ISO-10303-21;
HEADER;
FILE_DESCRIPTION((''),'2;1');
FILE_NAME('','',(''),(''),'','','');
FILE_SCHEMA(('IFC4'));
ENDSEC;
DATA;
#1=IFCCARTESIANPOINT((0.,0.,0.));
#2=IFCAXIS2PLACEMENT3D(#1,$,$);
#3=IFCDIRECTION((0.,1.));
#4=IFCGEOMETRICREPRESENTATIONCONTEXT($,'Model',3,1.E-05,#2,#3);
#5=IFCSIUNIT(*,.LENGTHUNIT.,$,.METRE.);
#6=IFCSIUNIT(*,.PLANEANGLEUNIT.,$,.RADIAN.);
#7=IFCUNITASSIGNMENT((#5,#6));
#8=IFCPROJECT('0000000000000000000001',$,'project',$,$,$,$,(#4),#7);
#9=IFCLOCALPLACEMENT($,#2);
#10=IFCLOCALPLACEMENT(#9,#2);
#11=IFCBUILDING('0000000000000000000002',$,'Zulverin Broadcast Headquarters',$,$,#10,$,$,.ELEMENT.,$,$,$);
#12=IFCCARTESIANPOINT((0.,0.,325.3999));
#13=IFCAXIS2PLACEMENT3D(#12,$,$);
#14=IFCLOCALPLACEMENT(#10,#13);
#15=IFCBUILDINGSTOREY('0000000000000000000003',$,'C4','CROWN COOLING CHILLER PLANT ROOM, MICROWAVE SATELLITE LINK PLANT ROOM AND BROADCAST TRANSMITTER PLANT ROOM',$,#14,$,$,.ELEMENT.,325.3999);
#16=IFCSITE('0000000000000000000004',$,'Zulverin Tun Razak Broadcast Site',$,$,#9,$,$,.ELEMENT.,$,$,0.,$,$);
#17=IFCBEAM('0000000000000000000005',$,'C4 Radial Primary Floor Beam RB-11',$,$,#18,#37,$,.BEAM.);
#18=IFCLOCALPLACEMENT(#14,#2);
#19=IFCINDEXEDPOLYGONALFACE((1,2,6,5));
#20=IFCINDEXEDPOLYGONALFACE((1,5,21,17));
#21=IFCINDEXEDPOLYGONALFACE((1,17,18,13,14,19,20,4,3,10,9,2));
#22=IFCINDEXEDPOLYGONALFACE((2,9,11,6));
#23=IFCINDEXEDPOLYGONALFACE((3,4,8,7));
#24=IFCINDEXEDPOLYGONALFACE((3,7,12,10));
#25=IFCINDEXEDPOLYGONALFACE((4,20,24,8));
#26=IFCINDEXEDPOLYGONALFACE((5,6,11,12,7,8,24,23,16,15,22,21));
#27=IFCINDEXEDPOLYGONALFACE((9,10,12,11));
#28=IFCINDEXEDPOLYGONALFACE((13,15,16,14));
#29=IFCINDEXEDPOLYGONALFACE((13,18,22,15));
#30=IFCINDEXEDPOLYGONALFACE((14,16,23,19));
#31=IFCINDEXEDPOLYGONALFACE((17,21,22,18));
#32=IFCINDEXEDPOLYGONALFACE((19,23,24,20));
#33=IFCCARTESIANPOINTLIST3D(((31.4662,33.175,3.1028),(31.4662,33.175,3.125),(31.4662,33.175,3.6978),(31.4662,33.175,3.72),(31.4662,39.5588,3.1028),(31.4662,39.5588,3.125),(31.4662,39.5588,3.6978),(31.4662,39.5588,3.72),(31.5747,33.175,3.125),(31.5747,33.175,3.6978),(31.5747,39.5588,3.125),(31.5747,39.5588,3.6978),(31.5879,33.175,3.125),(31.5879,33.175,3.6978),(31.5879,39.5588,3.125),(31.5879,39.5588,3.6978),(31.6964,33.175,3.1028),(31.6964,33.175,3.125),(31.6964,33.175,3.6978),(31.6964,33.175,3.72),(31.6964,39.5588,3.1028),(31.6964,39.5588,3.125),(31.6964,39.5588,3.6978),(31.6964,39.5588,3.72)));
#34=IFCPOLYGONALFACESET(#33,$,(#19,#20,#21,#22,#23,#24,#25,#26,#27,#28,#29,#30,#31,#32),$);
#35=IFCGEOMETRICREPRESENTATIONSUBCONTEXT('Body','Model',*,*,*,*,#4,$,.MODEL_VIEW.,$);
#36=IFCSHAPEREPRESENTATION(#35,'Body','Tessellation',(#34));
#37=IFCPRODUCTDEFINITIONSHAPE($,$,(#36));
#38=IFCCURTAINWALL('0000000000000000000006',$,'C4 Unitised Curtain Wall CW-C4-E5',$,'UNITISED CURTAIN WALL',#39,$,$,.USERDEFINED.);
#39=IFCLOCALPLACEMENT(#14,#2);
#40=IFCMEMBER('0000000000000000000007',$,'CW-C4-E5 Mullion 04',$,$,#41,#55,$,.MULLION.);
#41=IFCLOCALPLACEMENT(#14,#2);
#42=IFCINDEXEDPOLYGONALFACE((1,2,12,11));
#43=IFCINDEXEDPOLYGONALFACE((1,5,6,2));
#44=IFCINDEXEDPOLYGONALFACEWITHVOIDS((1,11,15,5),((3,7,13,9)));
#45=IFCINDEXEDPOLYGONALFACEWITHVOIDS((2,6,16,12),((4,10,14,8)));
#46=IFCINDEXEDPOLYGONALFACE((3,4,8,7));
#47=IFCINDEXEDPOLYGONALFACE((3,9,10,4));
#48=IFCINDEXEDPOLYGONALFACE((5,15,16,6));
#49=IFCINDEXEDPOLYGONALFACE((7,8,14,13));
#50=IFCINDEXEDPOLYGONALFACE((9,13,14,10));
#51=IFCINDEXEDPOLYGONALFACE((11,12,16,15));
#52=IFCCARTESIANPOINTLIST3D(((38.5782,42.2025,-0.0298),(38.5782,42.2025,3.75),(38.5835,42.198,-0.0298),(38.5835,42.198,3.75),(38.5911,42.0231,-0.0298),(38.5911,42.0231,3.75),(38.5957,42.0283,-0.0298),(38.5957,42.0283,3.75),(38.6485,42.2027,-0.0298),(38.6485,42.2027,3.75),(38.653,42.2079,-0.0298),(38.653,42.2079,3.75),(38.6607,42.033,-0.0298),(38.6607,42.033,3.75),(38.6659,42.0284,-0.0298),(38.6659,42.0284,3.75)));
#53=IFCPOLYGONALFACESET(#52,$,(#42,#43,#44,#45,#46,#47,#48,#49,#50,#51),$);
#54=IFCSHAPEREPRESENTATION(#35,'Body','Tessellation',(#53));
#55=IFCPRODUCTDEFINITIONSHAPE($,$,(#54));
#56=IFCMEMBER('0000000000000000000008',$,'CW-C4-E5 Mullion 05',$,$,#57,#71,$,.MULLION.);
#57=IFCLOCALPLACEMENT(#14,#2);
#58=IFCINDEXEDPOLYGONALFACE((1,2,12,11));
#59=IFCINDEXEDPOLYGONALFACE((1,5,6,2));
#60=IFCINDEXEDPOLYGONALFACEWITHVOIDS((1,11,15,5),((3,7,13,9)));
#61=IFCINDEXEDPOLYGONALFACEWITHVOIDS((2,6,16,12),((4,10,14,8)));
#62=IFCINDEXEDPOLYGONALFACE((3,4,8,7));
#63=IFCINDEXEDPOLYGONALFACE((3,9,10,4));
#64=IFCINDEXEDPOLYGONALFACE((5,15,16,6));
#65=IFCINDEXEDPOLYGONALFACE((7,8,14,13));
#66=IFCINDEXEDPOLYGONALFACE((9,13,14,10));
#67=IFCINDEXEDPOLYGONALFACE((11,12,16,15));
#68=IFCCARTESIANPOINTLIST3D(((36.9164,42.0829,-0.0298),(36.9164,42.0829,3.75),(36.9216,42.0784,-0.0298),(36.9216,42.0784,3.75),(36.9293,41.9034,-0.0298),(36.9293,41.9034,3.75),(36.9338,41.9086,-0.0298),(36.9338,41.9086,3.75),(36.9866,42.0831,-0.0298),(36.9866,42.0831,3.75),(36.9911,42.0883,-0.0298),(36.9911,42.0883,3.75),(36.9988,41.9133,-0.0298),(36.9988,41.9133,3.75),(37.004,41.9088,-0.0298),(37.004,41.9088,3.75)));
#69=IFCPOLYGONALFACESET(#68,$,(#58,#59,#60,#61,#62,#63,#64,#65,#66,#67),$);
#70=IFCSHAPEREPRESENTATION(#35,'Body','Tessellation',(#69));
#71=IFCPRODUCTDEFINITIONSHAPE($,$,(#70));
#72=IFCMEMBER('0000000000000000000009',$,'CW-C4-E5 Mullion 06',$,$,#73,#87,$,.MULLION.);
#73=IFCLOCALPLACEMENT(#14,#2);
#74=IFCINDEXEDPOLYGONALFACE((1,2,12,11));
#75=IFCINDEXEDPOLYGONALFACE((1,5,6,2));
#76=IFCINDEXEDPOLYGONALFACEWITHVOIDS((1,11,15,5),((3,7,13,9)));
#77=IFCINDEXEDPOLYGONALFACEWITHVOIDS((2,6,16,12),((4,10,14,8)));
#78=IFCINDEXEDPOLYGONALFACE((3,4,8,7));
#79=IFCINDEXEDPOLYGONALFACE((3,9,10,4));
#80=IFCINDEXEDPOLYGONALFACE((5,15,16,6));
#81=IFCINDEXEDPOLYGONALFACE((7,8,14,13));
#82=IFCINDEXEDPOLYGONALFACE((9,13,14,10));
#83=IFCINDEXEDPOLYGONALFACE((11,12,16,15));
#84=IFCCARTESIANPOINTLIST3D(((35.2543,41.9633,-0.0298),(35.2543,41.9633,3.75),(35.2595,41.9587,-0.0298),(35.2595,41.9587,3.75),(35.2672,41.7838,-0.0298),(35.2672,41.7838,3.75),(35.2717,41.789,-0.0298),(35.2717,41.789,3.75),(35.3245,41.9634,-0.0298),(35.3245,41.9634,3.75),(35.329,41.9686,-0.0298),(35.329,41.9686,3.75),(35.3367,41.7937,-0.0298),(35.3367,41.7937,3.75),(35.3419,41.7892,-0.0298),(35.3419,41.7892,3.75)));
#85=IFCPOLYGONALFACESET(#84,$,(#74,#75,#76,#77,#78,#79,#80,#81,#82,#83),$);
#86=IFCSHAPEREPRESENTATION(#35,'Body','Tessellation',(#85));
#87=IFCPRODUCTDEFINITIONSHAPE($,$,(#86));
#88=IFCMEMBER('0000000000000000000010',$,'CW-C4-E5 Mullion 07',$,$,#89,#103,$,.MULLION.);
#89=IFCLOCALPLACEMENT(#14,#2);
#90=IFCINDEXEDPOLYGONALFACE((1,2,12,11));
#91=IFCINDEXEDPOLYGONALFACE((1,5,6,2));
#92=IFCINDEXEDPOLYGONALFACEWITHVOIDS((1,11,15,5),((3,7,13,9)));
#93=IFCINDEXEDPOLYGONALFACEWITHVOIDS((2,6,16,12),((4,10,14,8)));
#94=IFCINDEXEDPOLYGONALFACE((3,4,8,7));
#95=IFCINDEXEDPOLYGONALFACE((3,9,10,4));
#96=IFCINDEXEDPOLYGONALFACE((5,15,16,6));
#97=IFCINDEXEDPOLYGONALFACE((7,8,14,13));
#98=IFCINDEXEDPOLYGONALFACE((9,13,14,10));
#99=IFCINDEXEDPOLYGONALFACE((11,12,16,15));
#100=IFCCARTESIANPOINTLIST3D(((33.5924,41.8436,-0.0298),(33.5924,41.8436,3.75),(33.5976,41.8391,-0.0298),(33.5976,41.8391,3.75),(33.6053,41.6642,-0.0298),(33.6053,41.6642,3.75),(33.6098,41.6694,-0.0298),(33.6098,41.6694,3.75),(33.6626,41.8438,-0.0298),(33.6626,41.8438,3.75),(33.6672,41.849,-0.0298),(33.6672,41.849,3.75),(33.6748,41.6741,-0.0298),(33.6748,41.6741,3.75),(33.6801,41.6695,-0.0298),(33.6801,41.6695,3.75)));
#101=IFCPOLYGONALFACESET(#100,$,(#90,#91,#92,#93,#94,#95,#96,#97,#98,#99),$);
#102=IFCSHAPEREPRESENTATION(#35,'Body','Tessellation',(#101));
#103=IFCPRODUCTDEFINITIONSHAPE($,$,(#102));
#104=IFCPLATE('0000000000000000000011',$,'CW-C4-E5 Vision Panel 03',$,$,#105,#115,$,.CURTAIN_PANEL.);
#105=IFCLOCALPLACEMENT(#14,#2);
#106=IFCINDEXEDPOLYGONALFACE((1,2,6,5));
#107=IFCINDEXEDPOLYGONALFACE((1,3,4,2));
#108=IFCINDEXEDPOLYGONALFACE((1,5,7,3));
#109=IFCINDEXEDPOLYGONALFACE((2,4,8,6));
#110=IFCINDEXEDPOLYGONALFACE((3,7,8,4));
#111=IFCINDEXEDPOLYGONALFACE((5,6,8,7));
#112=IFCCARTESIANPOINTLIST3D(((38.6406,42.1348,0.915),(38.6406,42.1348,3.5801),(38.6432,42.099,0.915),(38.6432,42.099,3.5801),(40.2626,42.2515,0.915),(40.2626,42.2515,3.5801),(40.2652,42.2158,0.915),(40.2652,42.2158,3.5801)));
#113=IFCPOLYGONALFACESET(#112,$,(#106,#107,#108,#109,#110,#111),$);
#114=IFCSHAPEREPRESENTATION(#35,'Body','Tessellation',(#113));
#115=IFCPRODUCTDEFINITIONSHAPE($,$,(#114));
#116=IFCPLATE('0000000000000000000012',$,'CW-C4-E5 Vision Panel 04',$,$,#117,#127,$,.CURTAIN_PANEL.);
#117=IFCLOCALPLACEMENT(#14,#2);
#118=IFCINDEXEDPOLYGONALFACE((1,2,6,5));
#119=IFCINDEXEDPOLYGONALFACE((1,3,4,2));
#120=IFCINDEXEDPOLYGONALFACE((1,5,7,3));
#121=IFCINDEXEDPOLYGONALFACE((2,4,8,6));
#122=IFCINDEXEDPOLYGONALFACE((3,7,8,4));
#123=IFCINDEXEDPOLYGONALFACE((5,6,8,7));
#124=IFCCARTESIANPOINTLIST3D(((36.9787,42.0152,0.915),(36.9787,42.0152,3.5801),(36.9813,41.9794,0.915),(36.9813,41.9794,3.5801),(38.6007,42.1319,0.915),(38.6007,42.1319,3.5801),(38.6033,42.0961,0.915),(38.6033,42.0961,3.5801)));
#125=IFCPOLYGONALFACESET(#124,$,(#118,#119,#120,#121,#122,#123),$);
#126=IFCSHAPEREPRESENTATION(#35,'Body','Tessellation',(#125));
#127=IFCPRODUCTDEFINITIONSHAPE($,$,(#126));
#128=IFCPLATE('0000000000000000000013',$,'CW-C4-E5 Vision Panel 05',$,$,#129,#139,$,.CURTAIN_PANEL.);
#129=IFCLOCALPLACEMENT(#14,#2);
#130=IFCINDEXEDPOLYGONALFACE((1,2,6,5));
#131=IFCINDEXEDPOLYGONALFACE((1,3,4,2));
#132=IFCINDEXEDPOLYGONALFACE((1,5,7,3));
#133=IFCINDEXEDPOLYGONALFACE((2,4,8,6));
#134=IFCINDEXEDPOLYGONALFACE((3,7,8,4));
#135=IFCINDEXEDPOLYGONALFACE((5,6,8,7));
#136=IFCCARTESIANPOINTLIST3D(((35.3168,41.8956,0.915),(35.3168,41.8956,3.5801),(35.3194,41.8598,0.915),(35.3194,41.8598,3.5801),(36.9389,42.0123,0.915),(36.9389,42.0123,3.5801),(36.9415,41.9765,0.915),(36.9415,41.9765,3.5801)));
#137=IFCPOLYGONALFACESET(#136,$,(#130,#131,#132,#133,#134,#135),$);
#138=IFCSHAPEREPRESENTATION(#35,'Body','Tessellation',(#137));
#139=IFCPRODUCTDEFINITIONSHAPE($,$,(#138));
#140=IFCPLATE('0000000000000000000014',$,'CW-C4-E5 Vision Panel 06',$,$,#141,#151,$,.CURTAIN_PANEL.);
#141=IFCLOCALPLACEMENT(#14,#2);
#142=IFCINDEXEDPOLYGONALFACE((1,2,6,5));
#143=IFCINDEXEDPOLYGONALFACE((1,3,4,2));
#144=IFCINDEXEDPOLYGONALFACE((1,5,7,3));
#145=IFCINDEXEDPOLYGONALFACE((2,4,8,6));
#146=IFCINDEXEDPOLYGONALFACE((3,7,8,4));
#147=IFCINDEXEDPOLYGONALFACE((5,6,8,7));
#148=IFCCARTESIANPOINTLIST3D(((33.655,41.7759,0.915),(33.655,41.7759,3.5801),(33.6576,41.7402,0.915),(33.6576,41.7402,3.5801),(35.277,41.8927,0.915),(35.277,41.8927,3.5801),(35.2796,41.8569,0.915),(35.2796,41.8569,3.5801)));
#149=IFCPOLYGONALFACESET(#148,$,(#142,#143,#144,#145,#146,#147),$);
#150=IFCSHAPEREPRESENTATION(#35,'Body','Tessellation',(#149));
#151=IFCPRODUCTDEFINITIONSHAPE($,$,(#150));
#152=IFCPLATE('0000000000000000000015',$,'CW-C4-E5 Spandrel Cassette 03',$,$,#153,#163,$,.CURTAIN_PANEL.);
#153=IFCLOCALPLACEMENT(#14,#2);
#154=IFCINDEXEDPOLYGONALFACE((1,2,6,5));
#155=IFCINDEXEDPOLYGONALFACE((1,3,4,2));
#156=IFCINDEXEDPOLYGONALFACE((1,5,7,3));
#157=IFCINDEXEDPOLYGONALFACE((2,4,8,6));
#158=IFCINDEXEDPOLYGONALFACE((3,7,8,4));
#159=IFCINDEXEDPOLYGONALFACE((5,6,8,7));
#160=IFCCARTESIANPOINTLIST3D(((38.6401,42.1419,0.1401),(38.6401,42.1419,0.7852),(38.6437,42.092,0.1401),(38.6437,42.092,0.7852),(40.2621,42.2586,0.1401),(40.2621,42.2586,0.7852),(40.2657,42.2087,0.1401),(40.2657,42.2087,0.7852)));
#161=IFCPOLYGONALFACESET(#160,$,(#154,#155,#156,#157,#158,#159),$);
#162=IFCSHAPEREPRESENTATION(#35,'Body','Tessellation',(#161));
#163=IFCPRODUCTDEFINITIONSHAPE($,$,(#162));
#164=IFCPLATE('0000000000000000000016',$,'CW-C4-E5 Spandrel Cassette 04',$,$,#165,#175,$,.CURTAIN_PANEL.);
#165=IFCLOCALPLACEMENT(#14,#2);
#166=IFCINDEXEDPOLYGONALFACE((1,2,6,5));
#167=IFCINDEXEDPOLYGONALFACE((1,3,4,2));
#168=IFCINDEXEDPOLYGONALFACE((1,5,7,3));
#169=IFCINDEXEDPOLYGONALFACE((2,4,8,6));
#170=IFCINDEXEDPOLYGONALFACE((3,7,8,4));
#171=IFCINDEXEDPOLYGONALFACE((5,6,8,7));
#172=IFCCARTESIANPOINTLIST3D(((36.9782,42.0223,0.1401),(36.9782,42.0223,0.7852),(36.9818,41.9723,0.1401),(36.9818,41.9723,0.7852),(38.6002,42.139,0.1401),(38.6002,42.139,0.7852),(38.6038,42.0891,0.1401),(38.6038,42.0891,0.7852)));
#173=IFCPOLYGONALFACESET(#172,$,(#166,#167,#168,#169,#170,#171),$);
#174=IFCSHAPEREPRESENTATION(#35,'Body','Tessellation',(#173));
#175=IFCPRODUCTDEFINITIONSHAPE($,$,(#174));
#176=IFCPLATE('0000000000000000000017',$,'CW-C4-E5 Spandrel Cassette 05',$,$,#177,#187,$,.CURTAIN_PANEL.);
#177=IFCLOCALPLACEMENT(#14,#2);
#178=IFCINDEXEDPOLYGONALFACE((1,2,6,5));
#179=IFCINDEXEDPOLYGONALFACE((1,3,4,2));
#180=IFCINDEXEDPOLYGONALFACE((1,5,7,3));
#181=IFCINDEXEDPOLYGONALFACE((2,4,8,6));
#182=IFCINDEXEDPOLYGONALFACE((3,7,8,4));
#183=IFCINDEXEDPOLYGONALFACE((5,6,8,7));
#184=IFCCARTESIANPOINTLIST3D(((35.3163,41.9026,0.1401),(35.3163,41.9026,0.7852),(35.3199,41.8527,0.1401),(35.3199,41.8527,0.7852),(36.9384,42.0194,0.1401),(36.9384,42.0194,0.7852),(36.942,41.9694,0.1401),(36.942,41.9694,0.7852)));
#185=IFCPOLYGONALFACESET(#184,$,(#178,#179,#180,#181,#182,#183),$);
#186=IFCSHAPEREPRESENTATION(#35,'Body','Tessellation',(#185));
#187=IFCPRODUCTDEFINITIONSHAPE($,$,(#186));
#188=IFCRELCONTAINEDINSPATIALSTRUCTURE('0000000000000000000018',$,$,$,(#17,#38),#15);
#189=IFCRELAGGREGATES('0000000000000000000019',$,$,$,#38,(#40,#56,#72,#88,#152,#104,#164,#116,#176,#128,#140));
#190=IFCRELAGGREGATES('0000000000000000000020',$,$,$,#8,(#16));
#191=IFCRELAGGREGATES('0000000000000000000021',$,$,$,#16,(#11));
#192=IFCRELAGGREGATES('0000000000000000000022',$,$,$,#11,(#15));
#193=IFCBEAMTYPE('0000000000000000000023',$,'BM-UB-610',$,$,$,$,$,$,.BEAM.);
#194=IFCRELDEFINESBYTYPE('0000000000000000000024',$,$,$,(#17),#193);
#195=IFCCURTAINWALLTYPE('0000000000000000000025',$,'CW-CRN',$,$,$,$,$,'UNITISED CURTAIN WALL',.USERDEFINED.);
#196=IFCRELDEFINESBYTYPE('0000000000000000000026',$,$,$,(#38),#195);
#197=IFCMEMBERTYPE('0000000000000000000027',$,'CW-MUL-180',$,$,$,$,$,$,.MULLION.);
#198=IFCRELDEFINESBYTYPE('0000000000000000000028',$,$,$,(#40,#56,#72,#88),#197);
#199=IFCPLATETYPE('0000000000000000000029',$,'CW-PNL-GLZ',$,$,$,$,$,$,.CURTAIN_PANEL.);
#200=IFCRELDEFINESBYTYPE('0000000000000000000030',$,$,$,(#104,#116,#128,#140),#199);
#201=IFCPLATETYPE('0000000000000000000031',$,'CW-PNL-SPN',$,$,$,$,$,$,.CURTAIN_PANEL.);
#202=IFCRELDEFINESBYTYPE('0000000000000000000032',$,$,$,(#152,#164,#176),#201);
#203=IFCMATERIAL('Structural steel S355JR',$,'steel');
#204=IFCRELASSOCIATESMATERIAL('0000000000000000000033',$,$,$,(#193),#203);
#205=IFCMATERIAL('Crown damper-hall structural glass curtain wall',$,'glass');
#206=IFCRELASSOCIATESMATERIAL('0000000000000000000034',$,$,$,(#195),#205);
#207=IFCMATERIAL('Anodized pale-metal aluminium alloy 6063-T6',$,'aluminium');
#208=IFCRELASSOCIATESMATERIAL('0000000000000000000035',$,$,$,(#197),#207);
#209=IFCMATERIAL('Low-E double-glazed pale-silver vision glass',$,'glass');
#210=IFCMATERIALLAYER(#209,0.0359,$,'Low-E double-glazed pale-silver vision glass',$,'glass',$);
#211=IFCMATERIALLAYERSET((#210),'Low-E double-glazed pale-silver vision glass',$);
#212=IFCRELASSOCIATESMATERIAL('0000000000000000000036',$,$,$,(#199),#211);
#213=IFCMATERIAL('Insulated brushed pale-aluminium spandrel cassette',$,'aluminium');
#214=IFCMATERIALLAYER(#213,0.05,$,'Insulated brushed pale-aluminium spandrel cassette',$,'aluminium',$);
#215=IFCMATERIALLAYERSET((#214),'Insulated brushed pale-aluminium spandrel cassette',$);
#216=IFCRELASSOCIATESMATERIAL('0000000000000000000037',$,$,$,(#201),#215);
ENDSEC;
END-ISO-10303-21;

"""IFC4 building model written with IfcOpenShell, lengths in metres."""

from ifc_helpers import new_model, si_unit, direction, frame, origin, origin_2d, place, context, subcontext, project, spatial, rectangle, hollow_rectangle, i_section, extrude, material, layer, layer_set, material_profile, profile_set, type_object, element, aggregate, save


model = new_model("IFC4")

# Units and contexts
model_context = context("Model", 3, precision=1e-05, world=origin(), true_north=direction((0.0, 1.0)))
body_context = subcontext(model_context, "Body", "Model", "MODEL_VIEW")
ifc_project = project(units=[si_unit("LENGTHUNIT", "METRE"), si_unit("PLANEANGLEUNIT", "RADIAN")], contexts=[model_context])

# Site, building, storey
site_placement = place(None, origin())
site = spatial("IfcSite", under=ifc_project, at=site_placement, Name="Zulverin Tun Razak Broadcast Site", CompositionType="ELEMENT", RefElevation=0.0)
building_placement = place(site_placement, origin())
building = spatial("IfcBuilding", under=site, at=building_placement, Name="Zulverin Broadcast Headquarters", CompositionType="ELEMENT")
storey_placement = place(building_placement, frame((0.0, 0.0, 325.3999)))
storey = spatial("IfcBuildingStorey", under=building, at=storey_placement, Name="C4", Description="CROWN COOLING CHILLER PLANT ROOM, MICROWAVE SATELLITE LINK PLANT ROOM AND BROADCAST TRANSMITTER PLANT ROOM", CompositionType="ELEMENT", Elevation=325.3999)

# Shared definitions
ifc_material_1 = material(Name="Structural steel S355JR", Category="steel")

# Beam
ifc_material_profile_1 = material_profile(ifc_material_1, i_section(OverallWidth=0.2302, OverallDepth=0.6172, WebThickness=0.0132, FlangeThickness=0.0222, at=origin_2d()), Name="Structural steel S355JR", Category="steel")
ifc_profile_set_1 = profile_set([ifc_material_profile_1], Name="Structural steel S355JR")
beam_type_1 = type_object("IfcBeamType", Name="BM-UB-610", PredefinedType="BEAM", material=ifc_profile_set_1)
beam_1_placement = place(storey_placement, frame((31.5813, 33.175, 3.4114), z_axis=(0.0, 1.0, 0.0), x_axis=(-1.0, 0.0, 0.0)))
element("IfcBeam", 1, at=beam_1_placement, inside=storey, type_object=beam_type_1, Name="C4 Radial Primary Floor Beam RB-11", PredefinedType="BEAM", context=body_context, shape_type="SweptSolid", body=[
    extrude(i_section(OverallWidth=0.2302, OverallDepth=0.6172, WebThickness=0.0132, FlangeThickness=0.0222, at=origin_2d()), origin(), (0.0, 0.0, 1.0), 6.3838),
])

# Curtain wall, members, plates
ifc_material_2 = material(Name="Crown damper-hall structural glass curtain wall", Category="glass")
curtain_wall_type = type_object("IfcCurtainWallType", Name="CW-CRN", ElementType="UNITISED CURTAIN WALL", PredefinedType="USERDEFINED", material=ifc_material_2)
curtain_wall_placement = place(storey_placement, origin())
curtain_wall = element("IfcCurtainWall", 2, at=curtain_wall_placement, inside=storey, type_object=curtain_wall_type, Name="C4 Unitised Curtain Wall CW-C4-E5", ObjectType="UNITISED CURTAIN WALL", PredefinedType="USERDEFINED")
ifc_material_3 = material(Name="Anodized pale-metal aluminium alloy 6063-T6", Category="aluminium")
ifc_material_profile_2 = material_profile(ifc_material_3, hollow_rectangle(XDim=0.075, YDim=0.1799, WallThickness=0.0049, at=origin_2d()), Name="Anodized pale-metal aluminium alloy 6063-T6", Category="aluminium")
ifc_profile_set_2 = profile_set([ifc_material_profile_2], Name="Anodized pale-metal aluminium alloy 6063-T6")
member_type = type_object("IfcMemberType", Name="CW-MUL-180", PredefinedType="MULLION", material=ifc_profile_set_2)
member_1_placement = place(storey_placement, frame((38.6221, 42.1155, -0.0298), z_axis=(0.0, 0.0, 1.0), x_axis=(-0.997421, -0.071771, 0.0)))
member_1 = element("IfcMember", 3, at=member_1_placement, type_object=member_type, Name="CW-C4-E5 Mullion 04", PredefinedType="MULLION", context=body_context, shape_type="SweptSolid", body=[
    extrude(hollow_rectangle(XDim=0.075, YDim=0.1799, WallThickness=0.0049, at=origin_2d()), origin(), (0.0, 0.0, 1.0), 3.7798),
])
member_2_placement = place(storey_placement, frame((36.9602, 41.9958, -0.0298), z_axis=(0.0, 0.0, 1.0), x_axis=(-0.997421, -0.071771, 0.0)))
member_2 = element("IfcMember", 4, at=member_2_placement, type_object=member_type, Name="CW-C4-E5 Mullion 05", PredefinedType="MULLION", context=body_context, shape_type="SweptSolid", body=[
    extrude(hollow_rectangle(XDim=0.075, YDim=0.1799, WallThickness=0.0049, at=origin_2d()), origin(), (0.0, 0.0, 1.0), 3.7798),
])
member_3_placement = place(storey_placement, frame((35.2981, 41.8762, -0.0298), z_axis=(0.0, 0.0, 1.0), x_axis=(-0.997421, -0.071771, 0.0)))
member_3 = element("IfcMember", 5, at=member_3_placement, type_object=member_type, Name="CW-C4-E5 Mullion 06", PredefinedType="MULLION", context=body_context, shape_type="SweptSolid", body=[
    extrude(hollow_rectangle(XDim=0.075, YDim=0.1799, WallThickness=0.0049, at=origin_2d()), origin(), (0.0, 0.0, 1.0), 3.7798),
])
member_4_placement = place(storey_placement, frame((33.6362, 41.7566, -0.0298), z_axis=(0.0, 0.0, 1.0), x_axis=(-0.997421, -0.071771, 0.0)))
member_4 = element("IfcMember", 6, at=member_4_placement, type_object=member_type, Name="CW-C4-E5 Mullion 07", PredefinedType="MULLION", context=body_context, shape_type="SweptSolid", body=[
    extrude(hollow_rectangle(XDim=0.075, YDim=0.1799, WallThickness=0.0049, at=origin_2d()), origin(), (0.0, 0.0, 1.0), 3.7798),
])
ifc_material_4 = material(Name="Low-E double-glazed pale-silver vision glass", Category="glass")
ifc_layer_1 = layer(ifc_material_4, 0.0359, Name="Low-E double-glazed pale-silver vision glass", Category="glass")
ifc_layer_set_1 = layer_set([ifc_layer_1], Name="Low-E double-glazed pale-silver vision glass")
plate_type_1 = type_object("IfcPlateType", Name="CW-PNL-GLZ", PredefinedType="CURTAIN_PANEL", material=ifc_layer_set_1)
plate_1_placement = place(storey_placement, frame((39.4529, 42.1753, 0.915), z_axis=(0.0, 0.0, 1.0), x_axis=(-0.997421, -0.071771, 0.0)))
plate_1 = element("IfcPlate", 7, at=plate_1_placement, type_object=plate_type_1, Name="CW-C4-E5 Vision Panel 03", PredefinedType="CURTAIN_PANEL", context=body_context, shape_type="SweptSolid", body=[
    extrude(rectangle(XDim=1.6262, YDim=0.0359, at=origin_2d()), origin(), (0.0, 0.0, 1.0), 2.665),
])
plate_2_placement = place(storey_placement, frame((37.791, 42.0557, 0.915), z_axis=(0.0, 0.0, 1.0), x_axis=(-0.997421, -0.071771, 0.0)))
plate_2 = element("IfcPlate", 8, at=plate_2_placement, type_object=plate_type_1, Name="CW-C4-E5 Vision Panel 04", PredefinedType="CURTAIN_PANEL", context=body_context, shape_type="SweptSolid", body=[
    extrude(rectangle(XDim=1.6262, YDim=0.0359, at=origin_2d()), origin(), (0.0, 0.0, 1.0), 2.665),
])
plate_3_placement = place(storey_placement, frame((36.1292, 41.936, 0.915), z_axis=(0.0, 0.0, 1.0), x_axis=(-0.997421, -0.071771, 0.0)))
plate_3 = element("IfcPlate", 9, at=plate_3_placement, type_object=plate_type_1, Name="CW-C4-E5 Vision Panel 05", PredefinedType="CURTAIN_PANEL", context=body_context, shape_type="SweptSolid", body=[
    extrude(rectangle(XDim=1.6262, YDim=0.0359, at=origin_2d()), origin(), (0.0, 0.0, 1.0), 2.665),
])
plate_4_placement = place(storey_placement, frame((34.4673, 41.8164, 0.915), z_axis=(0.0, 0.0, 1.0), x_axis=(-0.997421, -0.071771, 0.0)))
plate_4 = element("IfcPlate", 10, at=plate_4_placement, type_object=plate_type_1, Name="CW-C4-E5 Vision Panel 06", PredefinedType="CURTAIN_PANEL", context=body_context, shape_type="SweptSolid", body=[
    extrude(rectangle(XDim=1.6262, YDim=0.0359, at=origin_2d()), origin(), (0.0, 0.0, 1.0), 2.665),
])
ifc_material_5 = material(Name="Insulated brushed pale-aluminium spandrel cassette", Category="aluminium")
ifc_layer_2 = layer(ifc_material_5, 0.05, Name="Insulated brushed pale-aluminium spandrel cassette", Category="aluminium")
ifc_layer_set_2 = layer_set([ifc_layer_2], Name="Insulated brushed pale-aluminium spandrel cassette")
plate_type_2 = type_object("IfcPlateType", Name="CW-PNL-SPN", PredefinedType="CURTAIN_PANEL", material=ifc_layer_set_2)
plate_5_placement = place(storey_placement, frame((39.4529, 42.1753, 0.1401), z_axis=(0.0, 0.0, 1.0), x_axis=(-0.997421, -0.071771, 0.0)))
plate_5 = element("IfcPlate", 11, at=plate_5_placement, type_object=plate_type_2, Name="CW-C4-E5 Spandrel Cassette 03", PredefinedType="CURTAIN_PANEL", context=body_context, shape_type="SweptSolid", body=[
    extrude(rectangle(XDim=1.6262, YDim=0.05, at=origin_2d()), origin(), (0.0, 0.0, 1.0), 0.645),
])
plate_6_placement = place(storey_placement, frame((37.791, 42.0557, 0.1401), z_axis=(0.0, 0.0, 1.0), x_axis=(-0.997421, -0.071771, 0.0)))
plate_6 = element("IfcPlate", 12, at=plate_6_placement, type_object=plate_type_2, Name="CW-C4-E5 Spandrel Cassette 04", PredefinedType="CURTAIN_PANEL", context=body_context, shape_type="SweptSolid", body=[
    extrude(rectangle(XDim=1.6262, YDim=0.05, at=origin_2d()), origin(), (0.0, 0.0, 1.0), 0.645),
])
plate_7_placement = place(storey_placement, frame((36.1292, 41.936, 0.1401), z_axis=(0.0, 0.0, 1.0), x_axis=(-0.997421, -0.071771, 0.0)))
plate_7 = element("IfcPlate", 13, at=plate_7_placement, type_object=plate_type_2, Name="CW-C4-E5 Spandrel Cassette 05", PredefinedType="CURTAIN_PANEL", context=body_context, shape_type="SweptSolid", body=[
    extrude(rectangle(XDim=1.6262, YDim=0.05, at=origin_2d()), origin(), (0.0, 0.0, 1.0), 0.645),
])
aggregate(curtain_wall, [member_1, member_2, member_3, member_4, plate_5, plate_1, plate_6, plate_2, plate_7, plate_3, plate_4])

save(model, "model.ifc")
